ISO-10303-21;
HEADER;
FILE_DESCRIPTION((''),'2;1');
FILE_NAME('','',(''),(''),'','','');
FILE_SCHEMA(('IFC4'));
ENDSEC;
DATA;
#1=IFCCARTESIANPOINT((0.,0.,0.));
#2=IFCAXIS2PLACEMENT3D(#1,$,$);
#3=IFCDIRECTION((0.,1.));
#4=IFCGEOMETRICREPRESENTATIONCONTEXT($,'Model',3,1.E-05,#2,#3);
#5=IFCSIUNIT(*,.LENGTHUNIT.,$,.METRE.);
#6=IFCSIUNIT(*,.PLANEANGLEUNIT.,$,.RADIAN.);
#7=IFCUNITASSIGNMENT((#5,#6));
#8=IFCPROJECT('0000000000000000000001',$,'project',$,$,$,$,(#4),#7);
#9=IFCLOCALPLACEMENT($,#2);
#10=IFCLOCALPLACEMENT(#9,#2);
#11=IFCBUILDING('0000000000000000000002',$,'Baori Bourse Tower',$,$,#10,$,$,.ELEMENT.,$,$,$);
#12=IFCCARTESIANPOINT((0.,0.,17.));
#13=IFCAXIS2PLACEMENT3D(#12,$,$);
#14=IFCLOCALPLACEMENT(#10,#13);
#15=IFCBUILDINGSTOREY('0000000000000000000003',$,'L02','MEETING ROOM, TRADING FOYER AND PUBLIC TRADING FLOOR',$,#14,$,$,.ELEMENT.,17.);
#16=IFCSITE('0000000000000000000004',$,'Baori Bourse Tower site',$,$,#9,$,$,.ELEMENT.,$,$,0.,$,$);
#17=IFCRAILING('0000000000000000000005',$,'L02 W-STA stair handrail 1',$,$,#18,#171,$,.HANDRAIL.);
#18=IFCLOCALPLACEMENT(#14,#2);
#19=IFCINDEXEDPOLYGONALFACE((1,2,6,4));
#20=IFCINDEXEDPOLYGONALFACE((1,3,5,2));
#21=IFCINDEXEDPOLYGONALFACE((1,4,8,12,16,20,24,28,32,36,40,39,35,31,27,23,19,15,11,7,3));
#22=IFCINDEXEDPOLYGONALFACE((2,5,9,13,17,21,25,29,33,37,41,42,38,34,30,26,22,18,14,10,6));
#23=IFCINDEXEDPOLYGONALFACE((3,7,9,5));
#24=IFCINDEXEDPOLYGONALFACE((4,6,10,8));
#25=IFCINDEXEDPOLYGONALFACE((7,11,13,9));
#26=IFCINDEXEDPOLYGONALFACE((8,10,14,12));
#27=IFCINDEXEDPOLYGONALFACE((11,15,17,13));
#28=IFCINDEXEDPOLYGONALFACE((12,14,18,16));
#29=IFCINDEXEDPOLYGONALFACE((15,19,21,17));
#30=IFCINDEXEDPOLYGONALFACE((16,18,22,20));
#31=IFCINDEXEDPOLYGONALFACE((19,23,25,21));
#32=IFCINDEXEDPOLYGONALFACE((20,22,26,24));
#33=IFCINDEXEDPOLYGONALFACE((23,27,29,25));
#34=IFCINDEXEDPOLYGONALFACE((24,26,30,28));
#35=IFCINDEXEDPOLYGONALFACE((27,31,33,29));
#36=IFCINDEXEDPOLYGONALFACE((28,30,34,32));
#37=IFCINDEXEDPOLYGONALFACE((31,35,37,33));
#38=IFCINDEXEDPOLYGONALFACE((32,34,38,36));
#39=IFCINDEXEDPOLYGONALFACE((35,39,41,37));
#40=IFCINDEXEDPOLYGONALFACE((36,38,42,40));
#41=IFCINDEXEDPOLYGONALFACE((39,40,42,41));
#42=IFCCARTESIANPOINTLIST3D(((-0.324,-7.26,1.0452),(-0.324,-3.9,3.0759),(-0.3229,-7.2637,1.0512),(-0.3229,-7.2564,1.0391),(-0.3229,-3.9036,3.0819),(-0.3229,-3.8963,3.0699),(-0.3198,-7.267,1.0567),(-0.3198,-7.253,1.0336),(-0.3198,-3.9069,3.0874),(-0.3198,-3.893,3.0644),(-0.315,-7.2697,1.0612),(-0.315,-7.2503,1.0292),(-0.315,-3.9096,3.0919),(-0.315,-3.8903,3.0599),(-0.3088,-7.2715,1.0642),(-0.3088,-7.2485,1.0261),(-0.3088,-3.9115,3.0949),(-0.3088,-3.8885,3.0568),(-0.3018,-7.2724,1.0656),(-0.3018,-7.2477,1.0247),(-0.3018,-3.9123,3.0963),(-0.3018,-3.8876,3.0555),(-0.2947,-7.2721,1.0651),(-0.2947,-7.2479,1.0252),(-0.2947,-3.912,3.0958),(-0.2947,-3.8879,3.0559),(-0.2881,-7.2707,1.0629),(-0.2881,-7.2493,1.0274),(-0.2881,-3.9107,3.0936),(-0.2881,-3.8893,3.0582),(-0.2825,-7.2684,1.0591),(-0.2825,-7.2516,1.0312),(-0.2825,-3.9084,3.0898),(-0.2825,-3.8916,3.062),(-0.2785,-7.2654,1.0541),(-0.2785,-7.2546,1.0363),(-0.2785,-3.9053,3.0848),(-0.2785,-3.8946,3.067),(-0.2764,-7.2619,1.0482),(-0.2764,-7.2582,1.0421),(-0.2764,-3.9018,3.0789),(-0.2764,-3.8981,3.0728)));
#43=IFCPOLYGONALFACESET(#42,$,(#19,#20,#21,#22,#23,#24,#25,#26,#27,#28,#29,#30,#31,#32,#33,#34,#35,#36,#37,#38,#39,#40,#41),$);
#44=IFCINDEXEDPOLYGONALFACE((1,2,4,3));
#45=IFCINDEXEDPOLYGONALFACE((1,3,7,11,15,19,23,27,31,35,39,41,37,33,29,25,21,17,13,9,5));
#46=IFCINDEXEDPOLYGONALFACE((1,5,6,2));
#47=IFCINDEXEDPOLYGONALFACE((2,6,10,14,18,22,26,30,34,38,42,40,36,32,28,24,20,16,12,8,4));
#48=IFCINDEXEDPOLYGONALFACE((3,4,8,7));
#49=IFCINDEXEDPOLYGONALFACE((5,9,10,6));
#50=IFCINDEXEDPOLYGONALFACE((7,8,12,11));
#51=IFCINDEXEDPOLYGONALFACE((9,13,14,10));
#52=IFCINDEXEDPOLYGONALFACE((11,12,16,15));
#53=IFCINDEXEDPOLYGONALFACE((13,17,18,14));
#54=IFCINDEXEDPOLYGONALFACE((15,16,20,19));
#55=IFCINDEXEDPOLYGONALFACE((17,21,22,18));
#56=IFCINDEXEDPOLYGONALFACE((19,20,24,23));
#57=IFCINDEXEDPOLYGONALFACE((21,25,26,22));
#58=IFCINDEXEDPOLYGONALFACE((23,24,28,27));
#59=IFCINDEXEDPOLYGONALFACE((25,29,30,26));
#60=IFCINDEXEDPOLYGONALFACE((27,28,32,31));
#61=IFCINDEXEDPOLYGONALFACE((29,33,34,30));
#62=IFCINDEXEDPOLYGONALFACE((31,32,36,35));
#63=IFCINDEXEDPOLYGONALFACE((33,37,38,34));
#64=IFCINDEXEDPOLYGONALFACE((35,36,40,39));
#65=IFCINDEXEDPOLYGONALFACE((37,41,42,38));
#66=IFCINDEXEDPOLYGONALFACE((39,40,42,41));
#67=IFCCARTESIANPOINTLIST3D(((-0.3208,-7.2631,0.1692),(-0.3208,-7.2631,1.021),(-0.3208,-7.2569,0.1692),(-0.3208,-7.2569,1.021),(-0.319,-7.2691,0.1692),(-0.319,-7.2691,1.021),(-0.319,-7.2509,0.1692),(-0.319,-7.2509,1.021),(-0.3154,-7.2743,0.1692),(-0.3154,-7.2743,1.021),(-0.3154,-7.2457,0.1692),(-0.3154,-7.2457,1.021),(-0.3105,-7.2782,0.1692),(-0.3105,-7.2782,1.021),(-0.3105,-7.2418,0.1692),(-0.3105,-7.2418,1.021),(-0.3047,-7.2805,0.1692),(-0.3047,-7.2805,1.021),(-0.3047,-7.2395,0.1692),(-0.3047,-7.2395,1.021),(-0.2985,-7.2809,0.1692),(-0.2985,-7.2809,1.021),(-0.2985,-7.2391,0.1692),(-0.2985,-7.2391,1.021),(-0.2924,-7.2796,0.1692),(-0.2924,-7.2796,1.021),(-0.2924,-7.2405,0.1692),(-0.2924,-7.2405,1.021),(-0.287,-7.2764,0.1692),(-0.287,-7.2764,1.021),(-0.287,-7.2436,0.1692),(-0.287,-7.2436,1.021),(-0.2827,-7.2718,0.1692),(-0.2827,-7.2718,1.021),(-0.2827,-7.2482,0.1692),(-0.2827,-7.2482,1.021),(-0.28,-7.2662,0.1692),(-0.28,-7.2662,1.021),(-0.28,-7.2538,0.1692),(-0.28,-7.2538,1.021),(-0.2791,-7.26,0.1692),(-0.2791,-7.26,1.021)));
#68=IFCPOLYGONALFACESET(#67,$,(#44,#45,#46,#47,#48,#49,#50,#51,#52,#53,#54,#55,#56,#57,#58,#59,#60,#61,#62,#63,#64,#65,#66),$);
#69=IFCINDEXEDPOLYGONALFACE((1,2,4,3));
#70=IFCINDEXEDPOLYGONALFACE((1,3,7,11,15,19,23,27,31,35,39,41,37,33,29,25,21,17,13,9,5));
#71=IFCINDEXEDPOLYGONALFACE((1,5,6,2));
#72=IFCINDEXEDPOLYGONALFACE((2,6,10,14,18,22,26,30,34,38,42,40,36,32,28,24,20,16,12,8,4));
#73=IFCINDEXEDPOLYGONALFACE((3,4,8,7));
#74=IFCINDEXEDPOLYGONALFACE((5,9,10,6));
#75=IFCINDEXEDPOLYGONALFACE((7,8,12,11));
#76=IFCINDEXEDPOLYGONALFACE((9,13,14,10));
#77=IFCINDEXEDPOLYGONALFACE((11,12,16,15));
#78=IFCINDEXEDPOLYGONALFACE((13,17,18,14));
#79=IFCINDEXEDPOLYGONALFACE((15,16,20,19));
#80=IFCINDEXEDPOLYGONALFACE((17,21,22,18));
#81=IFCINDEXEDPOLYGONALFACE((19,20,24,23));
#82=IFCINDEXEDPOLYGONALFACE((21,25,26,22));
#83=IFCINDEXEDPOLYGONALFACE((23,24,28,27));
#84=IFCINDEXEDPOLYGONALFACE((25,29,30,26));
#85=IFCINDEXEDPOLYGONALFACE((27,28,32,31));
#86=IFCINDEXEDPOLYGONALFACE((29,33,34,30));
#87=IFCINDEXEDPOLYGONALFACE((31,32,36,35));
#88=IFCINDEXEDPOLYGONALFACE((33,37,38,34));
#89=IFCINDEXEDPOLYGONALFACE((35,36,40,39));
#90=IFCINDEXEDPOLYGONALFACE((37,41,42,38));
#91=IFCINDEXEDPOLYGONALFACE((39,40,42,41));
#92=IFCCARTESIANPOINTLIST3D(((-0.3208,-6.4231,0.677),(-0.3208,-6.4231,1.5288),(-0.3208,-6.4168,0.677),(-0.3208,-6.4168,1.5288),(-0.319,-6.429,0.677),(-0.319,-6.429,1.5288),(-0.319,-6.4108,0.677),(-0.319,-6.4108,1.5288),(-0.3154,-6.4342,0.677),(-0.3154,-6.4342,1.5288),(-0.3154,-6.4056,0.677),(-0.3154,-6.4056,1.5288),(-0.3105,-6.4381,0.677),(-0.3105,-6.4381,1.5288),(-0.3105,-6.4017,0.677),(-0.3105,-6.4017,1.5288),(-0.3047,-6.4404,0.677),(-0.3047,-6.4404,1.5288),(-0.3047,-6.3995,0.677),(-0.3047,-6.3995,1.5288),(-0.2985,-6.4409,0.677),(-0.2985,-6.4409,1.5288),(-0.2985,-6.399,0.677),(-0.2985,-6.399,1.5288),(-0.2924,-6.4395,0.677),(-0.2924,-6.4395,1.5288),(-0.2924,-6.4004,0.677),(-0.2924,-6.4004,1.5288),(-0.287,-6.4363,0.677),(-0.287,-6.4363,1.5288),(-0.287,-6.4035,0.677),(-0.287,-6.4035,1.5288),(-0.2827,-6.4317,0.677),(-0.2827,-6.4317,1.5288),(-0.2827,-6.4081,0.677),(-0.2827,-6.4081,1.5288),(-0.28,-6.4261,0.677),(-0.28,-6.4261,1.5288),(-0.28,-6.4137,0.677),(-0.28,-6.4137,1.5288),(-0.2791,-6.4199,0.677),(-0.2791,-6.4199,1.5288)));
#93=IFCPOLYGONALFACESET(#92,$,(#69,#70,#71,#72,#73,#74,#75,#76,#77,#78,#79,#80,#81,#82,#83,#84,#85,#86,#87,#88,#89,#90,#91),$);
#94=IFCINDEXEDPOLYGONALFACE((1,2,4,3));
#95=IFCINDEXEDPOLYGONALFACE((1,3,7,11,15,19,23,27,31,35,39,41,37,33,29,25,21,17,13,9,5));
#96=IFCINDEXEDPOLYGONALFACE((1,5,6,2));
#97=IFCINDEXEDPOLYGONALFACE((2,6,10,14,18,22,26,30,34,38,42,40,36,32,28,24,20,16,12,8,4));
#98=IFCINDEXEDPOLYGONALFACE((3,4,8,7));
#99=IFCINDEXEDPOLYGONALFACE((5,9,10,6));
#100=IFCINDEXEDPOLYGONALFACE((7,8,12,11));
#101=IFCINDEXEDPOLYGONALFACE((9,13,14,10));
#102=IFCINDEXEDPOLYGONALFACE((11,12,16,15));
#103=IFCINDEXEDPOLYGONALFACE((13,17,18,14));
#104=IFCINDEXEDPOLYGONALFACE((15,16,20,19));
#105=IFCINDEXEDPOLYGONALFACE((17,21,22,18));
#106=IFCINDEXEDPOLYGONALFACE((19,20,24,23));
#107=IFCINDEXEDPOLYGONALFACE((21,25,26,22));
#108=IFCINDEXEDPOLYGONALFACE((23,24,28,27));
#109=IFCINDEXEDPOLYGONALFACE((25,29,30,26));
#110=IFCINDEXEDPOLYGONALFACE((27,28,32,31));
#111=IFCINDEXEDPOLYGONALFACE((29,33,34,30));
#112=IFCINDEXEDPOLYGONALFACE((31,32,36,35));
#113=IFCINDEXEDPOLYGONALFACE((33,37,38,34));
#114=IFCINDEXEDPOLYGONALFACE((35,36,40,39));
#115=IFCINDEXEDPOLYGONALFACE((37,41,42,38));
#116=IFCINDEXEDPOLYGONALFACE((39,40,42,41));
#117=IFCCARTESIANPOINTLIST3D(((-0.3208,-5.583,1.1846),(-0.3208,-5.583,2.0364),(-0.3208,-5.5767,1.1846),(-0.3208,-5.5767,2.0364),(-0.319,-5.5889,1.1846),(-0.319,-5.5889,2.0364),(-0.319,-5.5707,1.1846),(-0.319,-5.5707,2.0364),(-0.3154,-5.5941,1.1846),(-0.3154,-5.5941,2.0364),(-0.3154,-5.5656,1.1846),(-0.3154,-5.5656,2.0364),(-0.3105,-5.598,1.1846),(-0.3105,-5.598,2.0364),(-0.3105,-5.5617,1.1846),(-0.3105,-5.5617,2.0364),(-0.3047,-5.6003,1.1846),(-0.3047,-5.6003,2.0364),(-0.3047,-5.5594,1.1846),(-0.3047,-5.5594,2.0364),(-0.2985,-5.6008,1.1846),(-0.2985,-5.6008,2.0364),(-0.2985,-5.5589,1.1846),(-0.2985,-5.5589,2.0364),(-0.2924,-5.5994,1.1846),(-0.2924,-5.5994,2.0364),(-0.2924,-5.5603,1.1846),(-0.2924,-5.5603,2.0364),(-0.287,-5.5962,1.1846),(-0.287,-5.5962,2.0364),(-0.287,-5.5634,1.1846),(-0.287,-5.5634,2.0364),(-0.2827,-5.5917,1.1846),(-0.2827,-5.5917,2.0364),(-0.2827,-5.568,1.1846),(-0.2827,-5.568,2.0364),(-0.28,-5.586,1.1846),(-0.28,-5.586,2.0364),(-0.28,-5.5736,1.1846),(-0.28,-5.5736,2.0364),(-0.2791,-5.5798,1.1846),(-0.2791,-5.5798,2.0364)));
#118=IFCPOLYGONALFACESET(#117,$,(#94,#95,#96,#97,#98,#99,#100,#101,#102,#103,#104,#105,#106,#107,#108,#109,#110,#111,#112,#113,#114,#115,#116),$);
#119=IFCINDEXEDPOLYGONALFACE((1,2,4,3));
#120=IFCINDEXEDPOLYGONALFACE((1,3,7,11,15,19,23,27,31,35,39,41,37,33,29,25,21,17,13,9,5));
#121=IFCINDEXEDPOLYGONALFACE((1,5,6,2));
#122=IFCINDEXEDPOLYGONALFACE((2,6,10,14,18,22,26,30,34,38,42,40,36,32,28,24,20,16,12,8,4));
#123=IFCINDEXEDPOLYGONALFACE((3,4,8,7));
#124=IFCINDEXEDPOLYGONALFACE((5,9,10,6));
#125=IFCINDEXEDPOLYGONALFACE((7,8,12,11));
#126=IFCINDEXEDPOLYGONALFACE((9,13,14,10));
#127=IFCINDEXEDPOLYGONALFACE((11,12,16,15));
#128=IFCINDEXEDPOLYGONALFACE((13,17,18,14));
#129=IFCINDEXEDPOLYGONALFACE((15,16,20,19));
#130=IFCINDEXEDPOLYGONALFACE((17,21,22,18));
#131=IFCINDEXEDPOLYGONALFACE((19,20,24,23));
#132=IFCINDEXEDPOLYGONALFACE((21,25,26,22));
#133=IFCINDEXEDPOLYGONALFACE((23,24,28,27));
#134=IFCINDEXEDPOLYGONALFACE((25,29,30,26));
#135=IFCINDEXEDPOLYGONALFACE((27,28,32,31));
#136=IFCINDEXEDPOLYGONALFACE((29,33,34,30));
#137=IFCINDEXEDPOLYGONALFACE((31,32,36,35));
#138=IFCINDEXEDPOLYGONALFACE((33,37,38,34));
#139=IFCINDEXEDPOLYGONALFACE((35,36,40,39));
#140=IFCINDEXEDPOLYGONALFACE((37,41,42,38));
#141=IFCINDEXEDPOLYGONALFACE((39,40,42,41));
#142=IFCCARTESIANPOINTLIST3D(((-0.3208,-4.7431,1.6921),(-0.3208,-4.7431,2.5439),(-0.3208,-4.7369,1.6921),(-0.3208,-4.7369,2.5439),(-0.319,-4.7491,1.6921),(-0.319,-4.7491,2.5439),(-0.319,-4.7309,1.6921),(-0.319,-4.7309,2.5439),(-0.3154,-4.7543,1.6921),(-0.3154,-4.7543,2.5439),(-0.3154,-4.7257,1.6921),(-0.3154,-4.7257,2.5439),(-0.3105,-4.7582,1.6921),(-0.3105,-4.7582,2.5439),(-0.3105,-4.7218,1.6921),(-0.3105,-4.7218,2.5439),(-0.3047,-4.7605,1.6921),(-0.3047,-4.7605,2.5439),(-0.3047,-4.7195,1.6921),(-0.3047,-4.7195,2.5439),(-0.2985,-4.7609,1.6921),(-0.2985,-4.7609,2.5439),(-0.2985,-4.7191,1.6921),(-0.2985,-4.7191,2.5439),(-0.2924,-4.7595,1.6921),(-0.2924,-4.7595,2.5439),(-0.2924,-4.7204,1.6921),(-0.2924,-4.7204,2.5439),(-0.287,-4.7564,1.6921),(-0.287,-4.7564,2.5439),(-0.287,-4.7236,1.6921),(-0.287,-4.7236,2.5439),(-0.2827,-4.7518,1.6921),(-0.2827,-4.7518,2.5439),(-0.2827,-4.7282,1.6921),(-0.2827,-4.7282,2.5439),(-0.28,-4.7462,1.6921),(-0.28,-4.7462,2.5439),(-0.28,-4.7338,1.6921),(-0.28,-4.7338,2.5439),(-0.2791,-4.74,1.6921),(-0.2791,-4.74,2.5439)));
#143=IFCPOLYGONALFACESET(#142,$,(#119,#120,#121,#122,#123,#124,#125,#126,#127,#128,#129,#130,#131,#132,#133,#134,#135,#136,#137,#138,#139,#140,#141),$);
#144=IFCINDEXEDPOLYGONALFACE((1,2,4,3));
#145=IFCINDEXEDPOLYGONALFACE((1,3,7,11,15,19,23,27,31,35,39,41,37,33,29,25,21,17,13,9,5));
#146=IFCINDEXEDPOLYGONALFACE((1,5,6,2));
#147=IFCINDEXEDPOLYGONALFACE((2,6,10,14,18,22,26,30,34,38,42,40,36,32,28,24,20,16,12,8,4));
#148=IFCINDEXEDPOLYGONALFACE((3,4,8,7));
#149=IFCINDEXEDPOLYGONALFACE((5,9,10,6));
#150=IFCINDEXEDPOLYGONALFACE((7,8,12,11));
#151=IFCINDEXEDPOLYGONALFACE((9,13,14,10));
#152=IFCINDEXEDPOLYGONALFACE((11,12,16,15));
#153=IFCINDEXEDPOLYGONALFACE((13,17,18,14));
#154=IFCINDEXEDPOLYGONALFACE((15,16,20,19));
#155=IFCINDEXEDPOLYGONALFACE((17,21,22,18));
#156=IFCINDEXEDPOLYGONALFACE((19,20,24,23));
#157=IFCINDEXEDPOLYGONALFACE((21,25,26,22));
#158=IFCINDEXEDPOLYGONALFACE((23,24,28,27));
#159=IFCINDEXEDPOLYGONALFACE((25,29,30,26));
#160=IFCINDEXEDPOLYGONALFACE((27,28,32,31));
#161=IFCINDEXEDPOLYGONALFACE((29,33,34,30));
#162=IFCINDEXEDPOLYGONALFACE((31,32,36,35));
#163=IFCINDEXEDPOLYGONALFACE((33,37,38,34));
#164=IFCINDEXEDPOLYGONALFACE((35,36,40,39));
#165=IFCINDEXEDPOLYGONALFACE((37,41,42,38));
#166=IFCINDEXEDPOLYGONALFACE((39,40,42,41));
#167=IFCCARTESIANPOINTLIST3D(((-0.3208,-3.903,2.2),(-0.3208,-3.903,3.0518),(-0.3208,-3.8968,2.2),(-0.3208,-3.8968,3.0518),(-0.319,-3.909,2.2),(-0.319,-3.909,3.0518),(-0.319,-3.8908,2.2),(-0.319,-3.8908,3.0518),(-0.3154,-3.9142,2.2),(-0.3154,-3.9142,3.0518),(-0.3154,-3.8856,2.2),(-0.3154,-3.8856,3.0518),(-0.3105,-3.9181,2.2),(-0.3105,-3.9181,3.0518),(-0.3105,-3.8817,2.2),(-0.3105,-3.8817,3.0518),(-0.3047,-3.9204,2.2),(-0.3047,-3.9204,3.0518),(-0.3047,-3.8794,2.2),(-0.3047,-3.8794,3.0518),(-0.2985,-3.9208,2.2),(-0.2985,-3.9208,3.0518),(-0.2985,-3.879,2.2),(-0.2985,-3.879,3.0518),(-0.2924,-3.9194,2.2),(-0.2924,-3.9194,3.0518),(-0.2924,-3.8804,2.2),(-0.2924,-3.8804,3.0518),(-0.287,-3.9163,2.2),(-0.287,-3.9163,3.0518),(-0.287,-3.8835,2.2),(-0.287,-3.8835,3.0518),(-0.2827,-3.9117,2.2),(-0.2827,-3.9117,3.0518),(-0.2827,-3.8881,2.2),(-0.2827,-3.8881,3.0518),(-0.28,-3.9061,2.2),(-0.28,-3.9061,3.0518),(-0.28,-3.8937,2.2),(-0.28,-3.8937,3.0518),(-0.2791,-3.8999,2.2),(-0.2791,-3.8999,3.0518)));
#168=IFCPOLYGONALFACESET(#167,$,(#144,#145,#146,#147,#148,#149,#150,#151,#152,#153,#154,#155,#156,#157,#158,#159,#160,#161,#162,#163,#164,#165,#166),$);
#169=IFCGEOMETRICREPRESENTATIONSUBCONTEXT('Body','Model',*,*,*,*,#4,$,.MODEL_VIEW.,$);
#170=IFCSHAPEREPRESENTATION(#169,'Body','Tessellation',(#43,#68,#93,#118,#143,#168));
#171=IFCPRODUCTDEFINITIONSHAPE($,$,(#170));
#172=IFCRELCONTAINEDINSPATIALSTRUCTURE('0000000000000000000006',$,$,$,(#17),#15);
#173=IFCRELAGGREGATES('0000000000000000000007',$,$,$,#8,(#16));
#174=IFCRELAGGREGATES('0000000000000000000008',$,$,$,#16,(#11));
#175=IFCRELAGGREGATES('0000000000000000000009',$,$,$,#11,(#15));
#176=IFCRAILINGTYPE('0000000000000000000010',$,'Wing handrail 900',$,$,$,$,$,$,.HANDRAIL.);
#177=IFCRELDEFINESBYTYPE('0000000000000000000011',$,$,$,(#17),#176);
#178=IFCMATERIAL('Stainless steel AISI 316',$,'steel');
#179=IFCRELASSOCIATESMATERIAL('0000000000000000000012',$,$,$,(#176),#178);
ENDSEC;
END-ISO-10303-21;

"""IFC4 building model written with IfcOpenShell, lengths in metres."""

from ifc_helpers import new_model, si_unit, direction, frame, origin, origin_2d, place, context, subcontext, project, spatial, circle, extrude, material, type_object, element, save


model = new_model("IFC4")

# Units and contexts
model_context = context("Model", 3, precision=1e-05, world=origin(), true_north=direction((0.0, 1.0)))
body_context = subcontext(model_context, "Body", "Model", "MODEL_VIEW")
ifc_project = project(units=[si_unit("LENGTHUNIT", "METRE"), si_unit("PLANEANGLEUNIT", "RADIAN")], contexts=[model_context])

# Site, building, storey
site_placement = place(None, origin())
site = spatial("IfcSite", under=ifc_project, at=site_placement, Name="Baori Bourse Tower site", CompositionType="ELEMENT", RefElevation=0.0)
building_placement = place(site_placement, origin())
building = spatial("IfcBuilding", under=site, at=building_placement, Name="Baori Bourse Tower", CompositionType="ELEMENT")
storey_placement = place(building_placement, frame((0.0, 0.0, 17.0)))
storey = spatial("IfcBuildingStorey", under=building, at=storey_placement, Name="L02", Description="MEETING ROOM, TRADING FOYER AND PUBLIC TRADING FLOOR", CompositionType="ELEMENT", Elevation=17.0)

# Railing
ifc_material_1 = material(Name="Stainless steel AISI 316", Category="steel")
railing_type_1 = type_object("IfcRailingType", Name="Wing handrail 900", PredefinedType="HANDRAIL", material=ifc_material_1)
railing_1_placement = place(storey_placement, frame((-0.3, -7.26, 0.1692)))
element("IfcRailing", 1, at=railing_1_placement, inside=storey, type_object=railing_type_1, Name="L02 W-STA stair handrail 1", PredefinedType="HANDRAIL", context=body_context, shape_type="SweptSolid", body=[
    extrude(circle(Radius=0.0239, at=origin_2d()), frame((0.0, 0.0, 0.876), z_axis=(0.0, 0.855837, 0.517246), x_axis=(-1.0, 0.0, 0.0)), (0.0, 0.0, 1.0), 3.926),
    extrude(circle(Radius=0.021, at=origin_2d()), origin(), (0.0, 0.0, 1.0), 0.8518),
    extrude(circle(Radius=0.021, at=origin_2d()), frame((0.0, 0.8401, 0.5078)), (0.0, 0.0, 1.0), 0.8518),
    extrude(circle(Radius=0.021, at=origin_2d()), frame((0.0, 1.6802, 1.0154)), (0.0, 0.0, 1.0), 0.8518),
    extrude(circle(Radius=0.021, at=origin_2d()), frame((0.0, 2.52, 1.5229)), (0.0, 0.0, 1.0), 0.8518),
    extrude(circle(Radius=0.021, at=origin_2d()), frame((0.0, 3.3601, 2.0308)), (0.0, 0.0, 1.0), 0.8518),
])

save(model, "model.ifc")
